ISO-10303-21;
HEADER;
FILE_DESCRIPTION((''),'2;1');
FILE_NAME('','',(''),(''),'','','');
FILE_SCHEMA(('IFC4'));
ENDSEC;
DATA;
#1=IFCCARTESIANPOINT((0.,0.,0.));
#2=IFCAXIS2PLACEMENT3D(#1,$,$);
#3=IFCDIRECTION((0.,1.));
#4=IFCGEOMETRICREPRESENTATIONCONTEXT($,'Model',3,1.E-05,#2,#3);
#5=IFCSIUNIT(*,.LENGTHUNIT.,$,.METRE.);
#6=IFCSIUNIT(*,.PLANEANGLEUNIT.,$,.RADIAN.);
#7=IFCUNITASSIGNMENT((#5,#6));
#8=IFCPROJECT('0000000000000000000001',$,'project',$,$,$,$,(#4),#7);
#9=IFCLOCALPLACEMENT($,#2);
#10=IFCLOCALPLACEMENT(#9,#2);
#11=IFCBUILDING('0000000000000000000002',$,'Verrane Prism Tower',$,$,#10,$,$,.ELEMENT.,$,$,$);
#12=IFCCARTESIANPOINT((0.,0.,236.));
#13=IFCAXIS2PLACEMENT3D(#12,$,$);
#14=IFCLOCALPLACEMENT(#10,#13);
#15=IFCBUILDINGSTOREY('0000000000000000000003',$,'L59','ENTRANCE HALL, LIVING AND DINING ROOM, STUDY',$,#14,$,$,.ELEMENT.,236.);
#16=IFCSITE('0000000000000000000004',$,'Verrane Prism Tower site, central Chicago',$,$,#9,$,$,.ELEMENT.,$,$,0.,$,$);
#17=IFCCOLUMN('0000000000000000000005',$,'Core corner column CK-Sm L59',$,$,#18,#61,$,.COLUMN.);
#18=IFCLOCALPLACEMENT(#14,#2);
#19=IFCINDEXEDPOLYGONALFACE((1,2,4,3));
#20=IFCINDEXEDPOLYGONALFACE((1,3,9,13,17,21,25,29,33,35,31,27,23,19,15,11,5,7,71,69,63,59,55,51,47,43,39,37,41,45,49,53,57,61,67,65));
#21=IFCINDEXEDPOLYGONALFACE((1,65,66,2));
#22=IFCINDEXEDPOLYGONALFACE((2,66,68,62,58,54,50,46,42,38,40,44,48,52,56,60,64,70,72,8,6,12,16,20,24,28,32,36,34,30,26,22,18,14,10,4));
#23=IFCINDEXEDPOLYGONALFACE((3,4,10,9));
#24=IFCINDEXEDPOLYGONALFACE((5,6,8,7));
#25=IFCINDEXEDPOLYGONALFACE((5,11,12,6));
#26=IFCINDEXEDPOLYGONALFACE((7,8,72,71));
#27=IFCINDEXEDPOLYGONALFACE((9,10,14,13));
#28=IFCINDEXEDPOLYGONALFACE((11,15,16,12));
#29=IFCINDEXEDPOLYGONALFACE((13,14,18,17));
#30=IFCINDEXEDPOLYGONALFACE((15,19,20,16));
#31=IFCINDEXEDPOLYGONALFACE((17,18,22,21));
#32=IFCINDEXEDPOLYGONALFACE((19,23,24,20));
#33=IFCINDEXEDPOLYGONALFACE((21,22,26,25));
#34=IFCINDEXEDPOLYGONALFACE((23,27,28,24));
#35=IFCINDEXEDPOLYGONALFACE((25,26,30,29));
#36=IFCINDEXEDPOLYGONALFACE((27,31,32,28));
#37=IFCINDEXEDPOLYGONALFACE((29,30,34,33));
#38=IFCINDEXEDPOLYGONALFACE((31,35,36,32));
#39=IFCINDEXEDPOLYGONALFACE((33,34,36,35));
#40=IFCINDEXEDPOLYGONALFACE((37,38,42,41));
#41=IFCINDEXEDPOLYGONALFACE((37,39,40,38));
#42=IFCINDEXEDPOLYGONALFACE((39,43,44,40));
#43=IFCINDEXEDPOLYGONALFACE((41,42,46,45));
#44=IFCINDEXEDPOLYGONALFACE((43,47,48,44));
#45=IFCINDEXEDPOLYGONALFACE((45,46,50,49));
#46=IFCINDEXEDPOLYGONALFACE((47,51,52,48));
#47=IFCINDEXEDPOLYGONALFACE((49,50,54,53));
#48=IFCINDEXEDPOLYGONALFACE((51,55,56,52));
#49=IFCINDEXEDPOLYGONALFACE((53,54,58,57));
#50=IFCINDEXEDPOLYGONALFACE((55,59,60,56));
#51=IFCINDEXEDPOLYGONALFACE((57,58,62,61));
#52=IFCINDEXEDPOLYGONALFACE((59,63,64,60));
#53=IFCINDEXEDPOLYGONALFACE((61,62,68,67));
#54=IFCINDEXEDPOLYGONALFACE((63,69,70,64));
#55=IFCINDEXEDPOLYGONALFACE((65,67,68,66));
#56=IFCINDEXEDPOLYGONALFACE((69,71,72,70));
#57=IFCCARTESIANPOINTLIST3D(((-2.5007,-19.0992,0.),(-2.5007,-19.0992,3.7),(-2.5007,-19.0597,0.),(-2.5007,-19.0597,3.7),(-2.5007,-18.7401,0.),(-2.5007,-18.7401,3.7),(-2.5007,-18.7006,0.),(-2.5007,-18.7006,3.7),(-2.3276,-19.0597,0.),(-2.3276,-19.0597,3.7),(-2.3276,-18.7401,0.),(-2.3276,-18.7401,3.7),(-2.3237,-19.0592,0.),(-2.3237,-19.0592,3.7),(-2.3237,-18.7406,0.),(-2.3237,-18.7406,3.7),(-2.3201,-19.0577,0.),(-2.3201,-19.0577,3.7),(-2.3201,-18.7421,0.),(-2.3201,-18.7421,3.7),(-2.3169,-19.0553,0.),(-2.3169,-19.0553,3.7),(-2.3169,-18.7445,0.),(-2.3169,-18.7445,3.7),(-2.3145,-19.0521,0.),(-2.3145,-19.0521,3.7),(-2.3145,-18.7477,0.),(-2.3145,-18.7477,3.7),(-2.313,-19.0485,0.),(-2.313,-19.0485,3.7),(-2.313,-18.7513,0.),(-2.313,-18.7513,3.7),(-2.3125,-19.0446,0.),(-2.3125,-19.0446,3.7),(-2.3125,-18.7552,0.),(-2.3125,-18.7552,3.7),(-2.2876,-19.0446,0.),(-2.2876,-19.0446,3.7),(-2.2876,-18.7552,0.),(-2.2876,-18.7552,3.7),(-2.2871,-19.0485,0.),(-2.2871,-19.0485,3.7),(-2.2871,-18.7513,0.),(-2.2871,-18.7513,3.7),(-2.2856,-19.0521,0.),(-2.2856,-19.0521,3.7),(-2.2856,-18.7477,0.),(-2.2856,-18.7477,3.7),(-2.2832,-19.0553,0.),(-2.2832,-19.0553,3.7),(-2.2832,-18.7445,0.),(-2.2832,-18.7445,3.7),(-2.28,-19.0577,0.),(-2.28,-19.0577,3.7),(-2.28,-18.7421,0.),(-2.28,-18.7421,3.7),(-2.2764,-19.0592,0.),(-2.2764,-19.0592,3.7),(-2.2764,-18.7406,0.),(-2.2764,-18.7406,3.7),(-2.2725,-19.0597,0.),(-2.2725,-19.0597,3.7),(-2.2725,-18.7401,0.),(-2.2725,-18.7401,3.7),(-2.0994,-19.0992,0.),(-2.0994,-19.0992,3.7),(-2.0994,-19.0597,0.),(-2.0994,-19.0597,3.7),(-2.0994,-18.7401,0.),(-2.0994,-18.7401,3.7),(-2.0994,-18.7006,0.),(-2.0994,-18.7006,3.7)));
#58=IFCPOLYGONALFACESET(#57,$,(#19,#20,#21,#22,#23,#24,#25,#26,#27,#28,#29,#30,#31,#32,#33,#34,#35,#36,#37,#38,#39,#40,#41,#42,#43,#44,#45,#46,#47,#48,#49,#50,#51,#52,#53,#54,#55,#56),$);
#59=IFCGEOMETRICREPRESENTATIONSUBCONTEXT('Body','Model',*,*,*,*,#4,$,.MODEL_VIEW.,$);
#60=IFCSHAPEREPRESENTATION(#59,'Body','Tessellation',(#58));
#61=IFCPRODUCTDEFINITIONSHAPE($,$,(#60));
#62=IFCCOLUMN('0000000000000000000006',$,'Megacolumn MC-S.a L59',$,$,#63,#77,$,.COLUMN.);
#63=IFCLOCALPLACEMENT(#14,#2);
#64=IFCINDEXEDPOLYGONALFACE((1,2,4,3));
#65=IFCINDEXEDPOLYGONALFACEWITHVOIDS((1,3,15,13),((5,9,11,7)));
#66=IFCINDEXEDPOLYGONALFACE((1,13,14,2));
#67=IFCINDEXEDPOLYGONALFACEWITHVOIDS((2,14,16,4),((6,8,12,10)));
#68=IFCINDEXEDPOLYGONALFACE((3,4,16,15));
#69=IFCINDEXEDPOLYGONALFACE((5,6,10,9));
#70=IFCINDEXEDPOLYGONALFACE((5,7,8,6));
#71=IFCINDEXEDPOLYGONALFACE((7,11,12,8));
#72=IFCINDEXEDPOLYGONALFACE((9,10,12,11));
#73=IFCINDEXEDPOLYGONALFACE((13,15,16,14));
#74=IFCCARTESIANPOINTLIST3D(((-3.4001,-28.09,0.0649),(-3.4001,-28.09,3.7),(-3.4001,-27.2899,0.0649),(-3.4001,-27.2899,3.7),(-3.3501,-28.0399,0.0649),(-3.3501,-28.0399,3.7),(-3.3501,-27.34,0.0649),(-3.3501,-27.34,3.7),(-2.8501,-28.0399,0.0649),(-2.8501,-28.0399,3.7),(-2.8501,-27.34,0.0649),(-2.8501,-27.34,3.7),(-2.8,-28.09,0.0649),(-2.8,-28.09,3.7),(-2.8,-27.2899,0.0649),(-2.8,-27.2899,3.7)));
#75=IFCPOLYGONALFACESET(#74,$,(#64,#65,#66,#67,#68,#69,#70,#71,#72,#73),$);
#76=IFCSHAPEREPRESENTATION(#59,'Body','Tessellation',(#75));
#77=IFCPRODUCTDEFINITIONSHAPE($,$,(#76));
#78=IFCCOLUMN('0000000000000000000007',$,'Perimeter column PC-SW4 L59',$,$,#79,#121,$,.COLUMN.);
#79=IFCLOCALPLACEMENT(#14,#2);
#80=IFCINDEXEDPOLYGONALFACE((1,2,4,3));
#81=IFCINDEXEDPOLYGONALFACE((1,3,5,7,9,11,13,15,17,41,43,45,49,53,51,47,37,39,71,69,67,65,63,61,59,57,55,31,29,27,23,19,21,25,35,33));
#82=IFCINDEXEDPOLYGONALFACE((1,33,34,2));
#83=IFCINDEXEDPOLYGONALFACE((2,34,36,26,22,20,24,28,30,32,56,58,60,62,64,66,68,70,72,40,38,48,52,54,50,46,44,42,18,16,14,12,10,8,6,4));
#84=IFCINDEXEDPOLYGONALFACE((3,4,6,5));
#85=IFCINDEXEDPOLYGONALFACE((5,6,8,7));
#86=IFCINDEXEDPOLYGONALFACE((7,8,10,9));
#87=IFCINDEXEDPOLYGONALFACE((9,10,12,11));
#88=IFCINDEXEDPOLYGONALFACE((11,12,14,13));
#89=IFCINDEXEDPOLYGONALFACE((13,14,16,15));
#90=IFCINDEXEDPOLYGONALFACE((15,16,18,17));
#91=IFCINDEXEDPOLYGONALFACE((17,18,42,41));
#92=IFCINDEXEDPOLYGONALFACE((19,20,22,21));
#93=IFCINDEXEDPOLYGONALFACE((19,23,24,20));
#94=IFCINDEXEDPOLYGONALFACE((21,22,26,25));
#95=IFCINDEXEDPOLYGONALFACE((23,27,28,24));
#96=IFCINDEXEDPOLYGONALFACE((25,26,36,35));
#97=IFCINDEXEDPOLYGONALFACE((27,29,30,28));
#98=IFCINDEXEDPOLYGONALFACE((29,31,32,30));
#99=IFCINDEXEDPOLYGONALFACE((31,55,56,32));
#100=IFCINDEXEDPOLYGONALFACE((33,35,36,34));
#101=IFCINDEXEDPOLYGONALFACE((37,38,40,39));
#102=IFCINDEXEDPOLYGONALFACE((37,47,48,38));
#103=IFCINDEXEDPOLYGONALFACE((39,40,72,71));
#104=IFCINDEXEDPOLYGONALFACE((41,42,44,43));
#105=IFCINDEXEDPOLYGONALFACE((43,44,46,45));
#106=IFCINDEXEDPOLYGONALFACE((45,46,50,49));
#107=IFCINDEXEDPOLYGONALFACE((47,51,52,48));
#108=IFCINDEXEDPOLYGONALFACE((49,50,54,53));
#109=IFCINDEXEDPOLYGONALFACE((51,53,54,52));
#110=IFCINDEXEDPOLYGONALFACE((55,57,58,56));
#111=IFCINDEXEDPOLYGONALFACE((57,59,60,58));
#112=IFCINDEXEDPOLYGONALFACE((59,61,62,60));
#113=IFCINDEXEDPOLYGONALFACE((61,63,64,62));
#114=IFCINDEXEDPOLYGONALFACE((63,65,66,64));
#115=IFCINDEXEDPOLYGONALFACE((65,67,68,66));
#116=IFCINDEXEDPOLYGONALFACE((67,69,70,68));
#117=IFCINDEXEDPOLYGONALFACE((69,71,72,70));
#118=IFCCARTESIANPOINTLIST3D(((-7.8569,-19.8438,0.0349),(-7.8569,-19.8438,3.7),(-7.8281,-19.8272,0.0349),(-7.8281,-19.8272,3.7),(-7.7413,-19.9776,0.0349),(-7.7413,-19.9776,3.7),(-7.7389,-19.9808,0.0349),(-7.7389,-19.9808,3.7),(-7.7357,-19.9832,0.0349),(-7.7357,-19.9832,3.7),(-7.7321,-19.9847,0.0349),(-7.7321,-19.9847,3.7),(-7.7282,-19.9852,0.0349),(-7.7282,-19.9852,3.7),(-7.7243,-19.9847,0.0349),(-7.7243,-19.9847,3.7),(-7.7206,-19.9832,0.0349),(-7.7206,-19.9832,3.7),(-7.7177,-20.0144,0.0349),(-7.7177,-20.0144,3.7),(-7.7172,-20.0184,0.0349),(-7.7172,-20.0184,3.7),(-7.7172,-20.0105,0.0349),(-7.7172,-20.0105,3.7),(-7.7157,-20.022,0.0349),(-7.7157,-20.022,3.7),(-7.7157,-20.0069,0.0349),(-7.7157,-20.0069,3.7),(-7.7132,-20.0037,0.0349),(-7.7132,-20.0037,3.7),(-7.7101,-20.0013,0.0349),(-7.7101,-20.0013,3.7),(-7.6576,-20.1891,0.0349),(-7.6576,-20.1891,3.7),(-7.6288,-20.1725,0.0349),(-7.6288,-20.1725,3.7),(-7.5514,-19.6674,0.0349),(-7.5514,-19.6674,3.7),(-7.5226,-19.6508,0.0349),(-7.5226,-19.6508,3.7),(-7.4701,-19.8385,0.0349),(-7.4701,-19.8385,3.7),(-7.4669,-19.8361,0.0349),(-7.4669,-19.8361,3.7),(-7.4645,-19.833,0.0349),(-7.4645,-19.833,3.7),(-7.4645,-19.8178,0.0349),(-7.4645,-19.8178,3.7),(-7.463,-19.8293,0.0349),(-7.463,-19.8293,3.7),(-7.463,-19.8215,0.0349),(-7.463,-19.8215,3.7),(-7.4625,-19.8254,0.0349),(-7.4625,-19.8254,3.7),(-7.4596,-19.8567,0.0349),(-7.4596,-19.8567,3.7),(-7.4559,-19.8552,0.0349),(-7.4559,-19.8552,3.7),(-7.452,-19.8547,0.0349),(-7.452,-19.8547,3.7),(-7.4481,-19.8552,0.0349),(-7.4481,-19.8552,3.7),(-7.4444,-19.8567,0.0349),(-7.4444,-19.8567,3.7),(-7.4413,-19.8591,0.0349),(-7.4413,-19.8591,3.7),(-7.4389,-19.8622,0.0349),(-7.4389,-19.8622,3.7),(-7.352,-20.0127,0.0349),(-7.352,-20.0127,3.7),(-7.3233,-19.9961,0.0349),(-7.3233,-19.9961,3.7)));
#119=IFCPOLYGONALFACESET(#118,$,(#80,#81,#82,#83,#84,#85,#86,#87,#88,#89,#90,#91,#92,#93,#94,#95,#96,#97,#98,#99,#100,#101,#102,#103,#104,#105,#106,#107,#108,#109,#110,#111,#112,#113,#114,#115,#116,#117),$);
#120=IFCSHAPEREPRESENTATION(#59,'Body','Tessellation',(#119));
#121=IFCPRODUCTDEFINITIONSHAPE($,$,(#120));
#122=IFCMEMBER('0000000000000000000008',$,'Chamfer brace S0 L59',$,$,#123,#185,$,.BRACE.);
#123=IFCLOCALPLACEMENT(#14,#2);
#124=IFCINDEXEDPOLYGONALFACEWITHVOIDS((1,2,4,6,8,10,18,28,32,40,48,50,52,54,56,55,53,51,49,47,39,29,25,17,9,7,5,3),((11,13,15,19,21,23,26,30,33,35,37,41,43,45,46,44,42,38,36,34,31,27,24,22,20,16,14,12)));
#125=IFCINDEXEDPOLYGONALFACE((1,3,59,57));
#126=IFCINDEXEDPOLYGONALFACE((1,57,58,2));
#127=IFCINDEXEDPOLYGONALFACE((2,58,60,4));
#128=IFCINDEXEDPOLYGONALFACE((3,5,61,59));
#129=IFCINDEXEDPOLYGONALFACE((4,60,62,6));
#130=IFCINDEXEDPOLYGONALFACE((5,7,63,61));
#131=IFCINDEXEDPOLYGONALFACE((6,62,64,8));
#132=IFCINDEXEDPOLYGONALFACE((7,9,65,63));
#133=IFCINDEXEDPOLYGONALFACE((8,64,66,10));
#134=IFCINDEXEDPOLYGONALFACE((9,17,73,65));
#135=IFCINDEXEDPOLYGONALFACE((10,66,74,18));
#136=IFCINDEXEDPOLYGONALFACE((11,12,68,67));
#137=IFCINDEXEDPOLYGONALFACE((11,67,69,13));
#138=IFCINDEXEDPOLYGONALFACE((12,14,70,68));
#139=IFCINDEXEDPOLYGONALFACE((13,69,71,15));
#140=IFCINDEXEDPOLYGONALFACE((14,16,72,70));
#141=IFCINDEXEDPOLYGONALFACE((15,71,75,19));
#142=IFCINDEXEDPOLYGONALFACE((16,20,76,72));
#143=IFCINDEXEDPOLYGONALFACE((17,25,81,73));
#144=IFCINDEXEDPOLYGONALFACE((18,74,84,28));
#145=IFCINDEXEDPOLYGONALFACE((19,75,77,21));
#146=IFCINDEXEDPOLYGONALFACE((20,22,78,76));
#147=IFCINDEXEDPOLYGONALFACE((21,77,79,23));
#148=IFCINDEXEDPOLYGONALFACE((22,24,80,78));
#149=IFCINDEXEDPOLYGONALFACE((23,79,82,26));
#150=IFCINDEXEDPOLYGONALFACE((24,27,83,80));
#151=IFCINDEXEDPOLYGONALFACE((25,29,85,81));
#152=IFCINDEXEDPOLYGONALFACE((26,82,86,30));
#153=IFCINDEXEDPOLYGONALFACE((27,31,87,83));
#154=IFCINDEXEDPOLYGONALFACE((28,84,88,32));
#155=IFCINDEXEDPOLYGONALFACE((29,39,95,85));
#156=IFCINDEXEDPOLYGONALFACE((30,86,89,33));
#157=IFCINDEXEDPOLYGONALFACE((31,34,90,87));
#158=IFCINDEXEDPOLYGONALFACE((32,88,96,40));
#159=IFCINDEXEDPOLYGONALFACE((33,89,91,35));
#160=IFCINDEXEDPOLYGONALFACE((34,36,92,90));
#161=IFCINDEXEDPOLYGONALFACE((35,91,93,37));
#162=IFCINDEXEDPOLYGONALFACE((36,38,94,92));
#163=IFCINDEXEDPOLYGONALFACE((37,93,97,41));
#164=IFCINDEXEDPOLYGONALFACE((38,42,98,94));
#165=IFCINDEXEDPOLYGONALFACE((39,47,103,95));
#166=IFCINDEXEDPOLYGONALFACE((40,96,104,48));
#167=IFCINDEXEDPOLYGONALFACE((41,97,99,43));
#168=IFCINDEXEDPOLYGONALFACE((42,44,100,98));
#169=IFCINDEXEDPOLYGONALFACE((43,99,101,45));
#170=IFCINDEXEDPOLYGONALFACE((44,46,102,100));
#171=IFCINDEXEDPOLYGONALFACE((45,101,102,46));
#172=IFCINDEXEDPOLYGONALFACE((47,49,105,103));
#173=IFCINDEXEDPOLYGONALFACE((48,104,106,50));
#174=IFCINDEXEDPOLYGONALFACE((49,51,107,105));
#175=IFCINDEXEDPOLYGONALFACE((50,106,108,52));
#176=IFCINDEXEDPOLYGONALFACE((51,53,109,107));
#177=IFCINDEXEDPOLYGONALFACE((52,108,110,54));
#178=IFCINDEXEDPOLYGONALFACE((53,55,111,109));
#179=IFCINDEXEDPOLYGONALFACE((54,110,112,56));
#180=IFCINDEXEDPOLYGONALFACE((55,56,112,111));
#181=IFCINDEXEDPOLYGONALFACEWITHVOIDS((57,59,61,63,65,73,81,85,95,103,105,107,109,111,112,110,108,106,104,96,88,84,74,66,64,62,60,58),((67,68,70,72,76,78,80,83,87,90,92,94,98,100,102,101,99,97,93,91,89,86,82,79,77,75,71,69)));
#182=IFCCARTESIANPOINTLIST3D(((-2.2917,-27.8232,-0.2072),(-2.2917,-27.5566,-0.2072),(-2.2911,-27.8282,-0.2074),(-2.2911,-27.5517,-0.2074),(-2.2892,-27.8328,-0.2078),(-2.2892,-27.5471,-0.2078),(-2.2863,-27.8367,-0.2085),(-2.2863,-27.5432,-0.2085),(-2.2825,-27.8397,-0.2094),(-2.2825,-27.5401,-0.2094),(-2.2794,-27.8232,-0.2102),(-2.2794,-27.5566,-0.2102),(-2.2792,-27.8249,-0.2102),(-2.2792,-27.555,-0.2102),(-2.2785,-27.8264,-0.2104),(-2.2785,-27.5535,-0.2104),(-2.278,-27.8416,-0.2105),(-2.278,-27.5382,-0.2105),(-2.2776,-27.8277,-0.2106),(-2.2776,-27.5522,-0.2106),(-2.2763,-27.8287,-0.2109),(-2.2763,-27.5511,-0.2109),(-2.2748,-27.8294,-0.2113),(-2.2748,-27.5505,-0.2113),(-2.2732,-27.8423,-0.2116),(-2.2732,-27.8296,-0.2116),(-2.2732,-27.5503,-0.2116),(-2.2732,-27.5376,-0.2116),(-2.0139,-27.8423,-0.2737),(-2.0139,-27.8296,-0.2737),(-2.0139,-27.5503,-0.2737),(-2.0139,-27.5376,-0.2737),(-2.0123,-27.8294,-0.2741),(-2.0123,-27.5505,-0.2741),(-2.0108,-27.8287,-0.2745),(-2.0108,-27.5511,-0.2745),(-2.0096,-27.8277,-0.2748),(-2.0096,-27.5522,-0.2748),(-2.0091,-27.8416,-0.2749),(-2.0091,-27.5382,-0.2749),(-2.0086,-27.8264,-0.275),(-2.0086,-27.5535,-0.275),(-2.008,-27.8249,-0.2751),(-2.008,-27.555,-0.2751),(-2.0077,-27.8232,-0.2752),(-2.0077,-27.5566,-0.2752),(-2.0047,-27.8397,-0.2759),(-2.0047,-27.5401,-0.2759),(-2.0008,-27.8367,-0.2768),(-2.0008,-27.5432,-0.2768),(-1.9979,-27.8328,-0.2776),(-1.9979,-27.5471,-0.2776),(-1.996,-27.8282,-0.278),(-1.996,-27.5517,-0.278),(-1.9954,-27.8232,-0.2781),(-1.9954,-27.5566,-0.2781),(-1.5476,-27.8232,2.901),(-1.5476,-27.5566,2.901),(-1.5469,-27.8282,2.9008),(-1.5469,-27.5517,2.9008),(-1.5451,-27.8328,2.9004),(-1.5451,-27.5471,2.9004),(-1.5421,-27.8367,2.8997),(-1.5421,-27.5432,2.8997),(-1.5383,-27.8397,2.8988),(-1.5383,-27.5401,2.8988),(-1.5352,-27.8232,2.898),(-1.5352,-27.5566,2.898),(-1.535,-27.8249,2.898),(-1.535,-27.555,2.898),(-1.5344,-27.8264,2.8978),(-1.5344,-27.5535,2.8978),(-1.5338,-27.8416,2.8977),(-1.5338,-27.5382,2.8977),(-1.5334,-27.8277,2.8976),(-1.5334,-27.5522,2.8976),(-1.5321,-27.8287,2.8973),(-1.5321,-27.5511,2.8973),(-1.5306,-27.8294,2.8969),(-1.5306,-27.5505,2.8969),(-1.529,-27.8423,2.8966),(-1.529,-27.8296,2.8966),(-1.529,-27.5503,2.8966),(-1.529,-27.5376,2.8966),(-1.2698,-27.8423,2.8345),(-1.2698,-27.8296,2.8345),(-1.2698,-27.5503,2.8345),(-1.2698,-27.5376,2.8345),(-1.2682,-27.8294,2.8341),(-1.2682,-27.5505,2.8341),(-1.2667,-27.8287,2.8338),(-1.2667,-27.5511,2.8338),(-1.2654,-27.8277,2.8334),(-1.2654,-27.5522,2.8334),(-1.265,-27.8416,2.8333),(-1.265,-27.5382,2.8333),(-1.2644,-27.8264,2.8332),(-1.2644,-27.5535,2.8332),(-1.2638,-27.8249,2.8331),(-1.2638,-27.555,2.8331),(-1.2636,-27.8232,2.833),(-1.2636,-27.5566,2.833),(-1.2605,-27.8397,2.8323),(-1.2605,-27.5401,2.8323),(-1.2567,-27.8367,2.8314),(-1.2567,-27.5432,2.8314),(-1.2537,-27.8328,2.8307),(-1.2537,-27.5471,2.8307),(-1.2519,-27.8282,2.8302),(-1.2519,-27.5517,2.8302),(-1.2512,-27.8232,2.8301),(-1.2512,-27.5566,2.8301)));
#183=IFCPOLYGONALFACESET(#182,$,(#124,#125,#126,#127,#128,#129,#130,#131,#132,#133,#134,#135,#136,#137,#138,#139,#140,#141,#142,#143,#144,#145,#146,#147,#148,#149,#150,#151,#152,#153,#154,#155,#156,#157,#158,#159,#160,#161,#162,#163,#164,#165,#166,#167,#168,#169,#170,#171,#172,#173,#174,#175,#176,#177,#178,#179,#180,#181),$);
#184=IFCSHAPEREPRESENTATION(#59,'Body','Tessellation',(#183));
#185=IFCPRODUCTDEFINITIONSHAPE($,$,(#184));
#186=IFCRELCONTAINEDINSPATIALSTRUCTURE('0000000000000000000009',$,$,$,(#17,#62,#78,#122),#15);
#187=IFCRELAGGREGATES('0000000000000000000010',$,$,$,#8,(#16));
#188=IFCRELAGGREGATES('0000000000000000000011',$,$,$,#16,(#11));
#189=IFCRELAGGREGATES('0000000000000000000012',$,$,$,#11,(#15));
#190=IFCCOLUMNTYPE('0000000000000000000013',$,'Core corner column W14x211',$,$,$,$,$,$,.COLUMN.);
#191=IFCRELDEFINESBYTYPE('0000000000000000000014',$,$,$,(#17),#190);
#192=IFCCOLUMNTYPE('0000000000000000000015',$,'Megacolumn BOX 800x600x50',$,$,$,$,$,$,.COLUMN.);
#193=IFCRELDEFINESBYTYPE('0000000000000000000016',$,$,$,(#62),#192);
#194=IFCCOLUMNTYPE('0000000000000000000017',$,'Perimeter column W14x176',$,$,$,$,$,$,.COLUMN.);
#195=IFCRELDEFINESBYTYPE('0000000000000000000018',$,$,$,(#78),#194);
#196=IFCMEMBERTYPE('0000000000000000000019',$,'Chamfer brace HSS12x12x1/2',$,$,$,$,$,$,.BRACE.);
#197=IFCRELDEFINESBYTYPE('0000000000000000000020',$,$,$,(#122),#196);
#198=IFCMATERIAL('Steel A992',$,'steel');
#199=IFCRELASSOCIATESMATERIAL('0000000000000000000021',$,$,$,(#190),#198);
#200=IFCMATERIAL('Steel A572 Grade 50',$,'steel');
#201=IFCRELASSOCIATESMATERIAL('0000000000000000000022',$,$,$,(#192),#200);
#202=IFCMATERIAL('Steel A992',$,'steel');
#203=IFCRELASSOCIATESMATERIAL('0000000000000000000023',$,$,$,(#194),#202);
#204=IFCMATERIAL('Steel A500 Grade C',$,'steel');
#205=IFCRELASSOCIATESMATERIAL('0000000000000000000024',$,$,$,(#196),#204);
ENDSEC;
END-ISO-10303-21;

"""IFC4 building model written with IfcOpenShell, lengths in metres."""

from ifc_helpers import new_model, si_unit, direction, frame, origin, origin_2d, place, context, subcontext, project, spatial, hollow_rectangle, i_section, extrude, material, material_profile, profile_set, type_object, element, save


model = new_model("IFC4")

# Units and contexts
model_context = context("Model", 3, precision=1e-05, world=origin(), true_north=direction((0.0, 1.0)))
body_context = subcontext(model_context, "Body", "Model", "MODEL_VIEW")
ifc_project = project(units=[si_unit("LENGTHUNIT", "METRE"), si_unit("PLANEANGLEUNIT", "RADIAN")], contexts=[model_context])

# Site, building, storey
site_placement = place(None, origin())
site = spatial("IfcSite", under=ifc_project, at=site_placement, Name="Verrane Prism Tower site, central Chicago", CompositionType="ELEMENT", RefElevation=0.0)
building_placement = place(site_placement, origin())
building = spatial("IfcBuilding", under=site, at=building_placement, Name="Verrane Prism Tower", CompositionType="ELEMENT")
storey_placement = place(building_placement, frame((0.0, 0.0, 236.0)))
storey = spatial("IfcBuildingStorey", under=building, at=storey_placement, Name="L59", Description="ENTRANCE HALL, LIVING AND DINING ROOM, STUDY", CompositionType="ELEMENT", Elevation=236.0)

# Columns
ifc_material_1 = material(Name="Steel A992", Category="steel")
ifc_material_profile_1 = material_profile(ifc_material_1, i_section(OverallWidth=0.4014, OverallDepth=0.3987, WebThickness=0.0249, FlangeThickness=0.0396, FilletRadius=0.0151, at=origin_2d()), Name="W14x211")
ifc_profile_set_1 = profile_set([ifc_material_profile_1], Name="Steel A992")
column_type_1 = type_object("IfcColumnType", Name="Core corner column W14x211", PredefinedType="COLUMN", material=ifc_profile_set_1)
column_1_placement = place(storey_placement, frame((-2.3, -18.8999, 0.0), z_axis=(0.0, 0.0, 1.0), x_axis=(-1.0, 0.0, 0.0)))
element("IfcColumn", 1, at=column_1_placement, inside=storey, type_object=column_type_1, Name="Core corner column CK-Sm L59", PredefinedType="COLUMN", context=body_context, shape_type="SweptSolid", body=[
    extrude(i_section(OverallWidth=0.4014, OverallDepth=0.3987, WebThickness=0.0249, FlangeThickness=0.0396, FilletRadius=0.0151, at=origin_2d()), origin(), (0.0, 0.0, 1.0), 3.7),
])
ifc_material_2 = material(Name="Steel A572 Grade 50", Category="steel")
ifc_material_profile_2 = material_profile(ifc_material_2, hollow_rectangle(XDim=0.6001, YDim=0.8, WallThickness=0.05, at=origin_2d()), Name="BOX 800x600x50")
ifc_profile_set_2 = profile_set([ifc_material_profile_2], Name="Steel A572 Grade 50")
column_type_2 = type_object("IfcColumnType", Name="Megacolumn BOX 800x600x50", PredefinedType="COLUMN", material=ifc_profile_set_2)
column_2_placement = place(storey_placement, frame((-3.1001, -27.6899, 0.0649), z_axis=(0.0, 0.0, 1.0), x_axis=(-1.0, 0.0, 0.0)))
element("IfcColumn", 2, at=column_2_placement, inside=storey, type_object=column_type_2, Name="Megacolumn MC-S.a L59", PredefinedType="COLUMN", context=body_context, shape_type="SweptSolid", body=[
    extrude(hollow_rectangle(XDim=0.6001, YDim=0.8, WallThickness=0.05, at=origin_2d()), origin(), (0.0, 0.0, 1.0), 3.635),
])
ifc_material_3 = material(Name="Steel A992", Category="steel")
ifc_material_profile_3 = material_profile(ifc_material_3, i_section(OverallWidth=0.3987, OverallDepth=0.386, WebThickness=0.021, FlangeThickness=0.0332, FilletRadius=0.0151, at=origin_2d()), Name="W14x176")
ifc_profile_set_3 = profile_set([ifc_material_profile_3], Name="Steel A992")
column_type_3 = type_object("IfcColumnType", Name="Perimeter column W14x176", PredefinedType="COLUMN", material=ifc_profile_set_3)
column_3_placement = place(storey_placement, frame((-7.5901, -19.9199, 0.0349), z_axis=(0.0, 0.0, 1.0), x_axis=(-0.5, 0.866025, 0.0)))
element("IfcColumn", 3, at=column_3_placement, inside=storey, type_object=column_type_3, Name="Perimeter column PC-SW4 L59", PredefinedType="COLUMN", context=body_context, shape_type="SweptSolid", body=[
    extrude(i_section(OverallWidth=0.3987, OverallDepth=0.386, WebThickness=0.021, FlangeThickness=0.0332, FilletRadius=0.0151, at=origin_2d()), origin(), (0.0, 0.0, 1.0), 3.665),
])

# Member
ifc_material_4 = material(Name="Steel A500 Grade C", Category="steel")
ifc_material_profile_4 = material_profile(ifc_material_4, hollow_rectangle(XDim=0.3047, YDim=0.3047, WallThickness=0.0127, InnerFilletRadius=0.0063, OuterFilletRadius=0.019, at=origin_2d()), Name="HSS12x12x1/2")
ifc_profile_set_4 = profile_set([ifc_material_profile_4], Name="Steel A500 Grade C")
member_type_1 = type_object("IfcMemberType", Name="Chamfer brace HSS12x12x1/2", PredefinedType="BRACE", material=ifc_profile_set_4)
member_1_placement = place(storey_placement, frame((-2.1436, -27.6899, -0.2427), z_axis=(0.232836, 0.0, 0.972516), x_axis=(0.0, 1.0, 0.0)))
element("IfcMember", 4, at=member_1_placement, inside=storey, type_object=member_type_1, Name="Chamfer brace S0 L59", PredefinedType="BRACE", context=body_context, shape_type="SweptSolid", body=[
    extrude(hollow_rectangle(XDim=0.3047, YDim=0.3047, WallThickness=0.0127, InnerFilletRadius=0.0063, OuterFilletRadius=0.019, at=origin_2d()), origin(), (0.0, 0.0, 1.0), 3.196),
])

save(model, "model.ifc")
